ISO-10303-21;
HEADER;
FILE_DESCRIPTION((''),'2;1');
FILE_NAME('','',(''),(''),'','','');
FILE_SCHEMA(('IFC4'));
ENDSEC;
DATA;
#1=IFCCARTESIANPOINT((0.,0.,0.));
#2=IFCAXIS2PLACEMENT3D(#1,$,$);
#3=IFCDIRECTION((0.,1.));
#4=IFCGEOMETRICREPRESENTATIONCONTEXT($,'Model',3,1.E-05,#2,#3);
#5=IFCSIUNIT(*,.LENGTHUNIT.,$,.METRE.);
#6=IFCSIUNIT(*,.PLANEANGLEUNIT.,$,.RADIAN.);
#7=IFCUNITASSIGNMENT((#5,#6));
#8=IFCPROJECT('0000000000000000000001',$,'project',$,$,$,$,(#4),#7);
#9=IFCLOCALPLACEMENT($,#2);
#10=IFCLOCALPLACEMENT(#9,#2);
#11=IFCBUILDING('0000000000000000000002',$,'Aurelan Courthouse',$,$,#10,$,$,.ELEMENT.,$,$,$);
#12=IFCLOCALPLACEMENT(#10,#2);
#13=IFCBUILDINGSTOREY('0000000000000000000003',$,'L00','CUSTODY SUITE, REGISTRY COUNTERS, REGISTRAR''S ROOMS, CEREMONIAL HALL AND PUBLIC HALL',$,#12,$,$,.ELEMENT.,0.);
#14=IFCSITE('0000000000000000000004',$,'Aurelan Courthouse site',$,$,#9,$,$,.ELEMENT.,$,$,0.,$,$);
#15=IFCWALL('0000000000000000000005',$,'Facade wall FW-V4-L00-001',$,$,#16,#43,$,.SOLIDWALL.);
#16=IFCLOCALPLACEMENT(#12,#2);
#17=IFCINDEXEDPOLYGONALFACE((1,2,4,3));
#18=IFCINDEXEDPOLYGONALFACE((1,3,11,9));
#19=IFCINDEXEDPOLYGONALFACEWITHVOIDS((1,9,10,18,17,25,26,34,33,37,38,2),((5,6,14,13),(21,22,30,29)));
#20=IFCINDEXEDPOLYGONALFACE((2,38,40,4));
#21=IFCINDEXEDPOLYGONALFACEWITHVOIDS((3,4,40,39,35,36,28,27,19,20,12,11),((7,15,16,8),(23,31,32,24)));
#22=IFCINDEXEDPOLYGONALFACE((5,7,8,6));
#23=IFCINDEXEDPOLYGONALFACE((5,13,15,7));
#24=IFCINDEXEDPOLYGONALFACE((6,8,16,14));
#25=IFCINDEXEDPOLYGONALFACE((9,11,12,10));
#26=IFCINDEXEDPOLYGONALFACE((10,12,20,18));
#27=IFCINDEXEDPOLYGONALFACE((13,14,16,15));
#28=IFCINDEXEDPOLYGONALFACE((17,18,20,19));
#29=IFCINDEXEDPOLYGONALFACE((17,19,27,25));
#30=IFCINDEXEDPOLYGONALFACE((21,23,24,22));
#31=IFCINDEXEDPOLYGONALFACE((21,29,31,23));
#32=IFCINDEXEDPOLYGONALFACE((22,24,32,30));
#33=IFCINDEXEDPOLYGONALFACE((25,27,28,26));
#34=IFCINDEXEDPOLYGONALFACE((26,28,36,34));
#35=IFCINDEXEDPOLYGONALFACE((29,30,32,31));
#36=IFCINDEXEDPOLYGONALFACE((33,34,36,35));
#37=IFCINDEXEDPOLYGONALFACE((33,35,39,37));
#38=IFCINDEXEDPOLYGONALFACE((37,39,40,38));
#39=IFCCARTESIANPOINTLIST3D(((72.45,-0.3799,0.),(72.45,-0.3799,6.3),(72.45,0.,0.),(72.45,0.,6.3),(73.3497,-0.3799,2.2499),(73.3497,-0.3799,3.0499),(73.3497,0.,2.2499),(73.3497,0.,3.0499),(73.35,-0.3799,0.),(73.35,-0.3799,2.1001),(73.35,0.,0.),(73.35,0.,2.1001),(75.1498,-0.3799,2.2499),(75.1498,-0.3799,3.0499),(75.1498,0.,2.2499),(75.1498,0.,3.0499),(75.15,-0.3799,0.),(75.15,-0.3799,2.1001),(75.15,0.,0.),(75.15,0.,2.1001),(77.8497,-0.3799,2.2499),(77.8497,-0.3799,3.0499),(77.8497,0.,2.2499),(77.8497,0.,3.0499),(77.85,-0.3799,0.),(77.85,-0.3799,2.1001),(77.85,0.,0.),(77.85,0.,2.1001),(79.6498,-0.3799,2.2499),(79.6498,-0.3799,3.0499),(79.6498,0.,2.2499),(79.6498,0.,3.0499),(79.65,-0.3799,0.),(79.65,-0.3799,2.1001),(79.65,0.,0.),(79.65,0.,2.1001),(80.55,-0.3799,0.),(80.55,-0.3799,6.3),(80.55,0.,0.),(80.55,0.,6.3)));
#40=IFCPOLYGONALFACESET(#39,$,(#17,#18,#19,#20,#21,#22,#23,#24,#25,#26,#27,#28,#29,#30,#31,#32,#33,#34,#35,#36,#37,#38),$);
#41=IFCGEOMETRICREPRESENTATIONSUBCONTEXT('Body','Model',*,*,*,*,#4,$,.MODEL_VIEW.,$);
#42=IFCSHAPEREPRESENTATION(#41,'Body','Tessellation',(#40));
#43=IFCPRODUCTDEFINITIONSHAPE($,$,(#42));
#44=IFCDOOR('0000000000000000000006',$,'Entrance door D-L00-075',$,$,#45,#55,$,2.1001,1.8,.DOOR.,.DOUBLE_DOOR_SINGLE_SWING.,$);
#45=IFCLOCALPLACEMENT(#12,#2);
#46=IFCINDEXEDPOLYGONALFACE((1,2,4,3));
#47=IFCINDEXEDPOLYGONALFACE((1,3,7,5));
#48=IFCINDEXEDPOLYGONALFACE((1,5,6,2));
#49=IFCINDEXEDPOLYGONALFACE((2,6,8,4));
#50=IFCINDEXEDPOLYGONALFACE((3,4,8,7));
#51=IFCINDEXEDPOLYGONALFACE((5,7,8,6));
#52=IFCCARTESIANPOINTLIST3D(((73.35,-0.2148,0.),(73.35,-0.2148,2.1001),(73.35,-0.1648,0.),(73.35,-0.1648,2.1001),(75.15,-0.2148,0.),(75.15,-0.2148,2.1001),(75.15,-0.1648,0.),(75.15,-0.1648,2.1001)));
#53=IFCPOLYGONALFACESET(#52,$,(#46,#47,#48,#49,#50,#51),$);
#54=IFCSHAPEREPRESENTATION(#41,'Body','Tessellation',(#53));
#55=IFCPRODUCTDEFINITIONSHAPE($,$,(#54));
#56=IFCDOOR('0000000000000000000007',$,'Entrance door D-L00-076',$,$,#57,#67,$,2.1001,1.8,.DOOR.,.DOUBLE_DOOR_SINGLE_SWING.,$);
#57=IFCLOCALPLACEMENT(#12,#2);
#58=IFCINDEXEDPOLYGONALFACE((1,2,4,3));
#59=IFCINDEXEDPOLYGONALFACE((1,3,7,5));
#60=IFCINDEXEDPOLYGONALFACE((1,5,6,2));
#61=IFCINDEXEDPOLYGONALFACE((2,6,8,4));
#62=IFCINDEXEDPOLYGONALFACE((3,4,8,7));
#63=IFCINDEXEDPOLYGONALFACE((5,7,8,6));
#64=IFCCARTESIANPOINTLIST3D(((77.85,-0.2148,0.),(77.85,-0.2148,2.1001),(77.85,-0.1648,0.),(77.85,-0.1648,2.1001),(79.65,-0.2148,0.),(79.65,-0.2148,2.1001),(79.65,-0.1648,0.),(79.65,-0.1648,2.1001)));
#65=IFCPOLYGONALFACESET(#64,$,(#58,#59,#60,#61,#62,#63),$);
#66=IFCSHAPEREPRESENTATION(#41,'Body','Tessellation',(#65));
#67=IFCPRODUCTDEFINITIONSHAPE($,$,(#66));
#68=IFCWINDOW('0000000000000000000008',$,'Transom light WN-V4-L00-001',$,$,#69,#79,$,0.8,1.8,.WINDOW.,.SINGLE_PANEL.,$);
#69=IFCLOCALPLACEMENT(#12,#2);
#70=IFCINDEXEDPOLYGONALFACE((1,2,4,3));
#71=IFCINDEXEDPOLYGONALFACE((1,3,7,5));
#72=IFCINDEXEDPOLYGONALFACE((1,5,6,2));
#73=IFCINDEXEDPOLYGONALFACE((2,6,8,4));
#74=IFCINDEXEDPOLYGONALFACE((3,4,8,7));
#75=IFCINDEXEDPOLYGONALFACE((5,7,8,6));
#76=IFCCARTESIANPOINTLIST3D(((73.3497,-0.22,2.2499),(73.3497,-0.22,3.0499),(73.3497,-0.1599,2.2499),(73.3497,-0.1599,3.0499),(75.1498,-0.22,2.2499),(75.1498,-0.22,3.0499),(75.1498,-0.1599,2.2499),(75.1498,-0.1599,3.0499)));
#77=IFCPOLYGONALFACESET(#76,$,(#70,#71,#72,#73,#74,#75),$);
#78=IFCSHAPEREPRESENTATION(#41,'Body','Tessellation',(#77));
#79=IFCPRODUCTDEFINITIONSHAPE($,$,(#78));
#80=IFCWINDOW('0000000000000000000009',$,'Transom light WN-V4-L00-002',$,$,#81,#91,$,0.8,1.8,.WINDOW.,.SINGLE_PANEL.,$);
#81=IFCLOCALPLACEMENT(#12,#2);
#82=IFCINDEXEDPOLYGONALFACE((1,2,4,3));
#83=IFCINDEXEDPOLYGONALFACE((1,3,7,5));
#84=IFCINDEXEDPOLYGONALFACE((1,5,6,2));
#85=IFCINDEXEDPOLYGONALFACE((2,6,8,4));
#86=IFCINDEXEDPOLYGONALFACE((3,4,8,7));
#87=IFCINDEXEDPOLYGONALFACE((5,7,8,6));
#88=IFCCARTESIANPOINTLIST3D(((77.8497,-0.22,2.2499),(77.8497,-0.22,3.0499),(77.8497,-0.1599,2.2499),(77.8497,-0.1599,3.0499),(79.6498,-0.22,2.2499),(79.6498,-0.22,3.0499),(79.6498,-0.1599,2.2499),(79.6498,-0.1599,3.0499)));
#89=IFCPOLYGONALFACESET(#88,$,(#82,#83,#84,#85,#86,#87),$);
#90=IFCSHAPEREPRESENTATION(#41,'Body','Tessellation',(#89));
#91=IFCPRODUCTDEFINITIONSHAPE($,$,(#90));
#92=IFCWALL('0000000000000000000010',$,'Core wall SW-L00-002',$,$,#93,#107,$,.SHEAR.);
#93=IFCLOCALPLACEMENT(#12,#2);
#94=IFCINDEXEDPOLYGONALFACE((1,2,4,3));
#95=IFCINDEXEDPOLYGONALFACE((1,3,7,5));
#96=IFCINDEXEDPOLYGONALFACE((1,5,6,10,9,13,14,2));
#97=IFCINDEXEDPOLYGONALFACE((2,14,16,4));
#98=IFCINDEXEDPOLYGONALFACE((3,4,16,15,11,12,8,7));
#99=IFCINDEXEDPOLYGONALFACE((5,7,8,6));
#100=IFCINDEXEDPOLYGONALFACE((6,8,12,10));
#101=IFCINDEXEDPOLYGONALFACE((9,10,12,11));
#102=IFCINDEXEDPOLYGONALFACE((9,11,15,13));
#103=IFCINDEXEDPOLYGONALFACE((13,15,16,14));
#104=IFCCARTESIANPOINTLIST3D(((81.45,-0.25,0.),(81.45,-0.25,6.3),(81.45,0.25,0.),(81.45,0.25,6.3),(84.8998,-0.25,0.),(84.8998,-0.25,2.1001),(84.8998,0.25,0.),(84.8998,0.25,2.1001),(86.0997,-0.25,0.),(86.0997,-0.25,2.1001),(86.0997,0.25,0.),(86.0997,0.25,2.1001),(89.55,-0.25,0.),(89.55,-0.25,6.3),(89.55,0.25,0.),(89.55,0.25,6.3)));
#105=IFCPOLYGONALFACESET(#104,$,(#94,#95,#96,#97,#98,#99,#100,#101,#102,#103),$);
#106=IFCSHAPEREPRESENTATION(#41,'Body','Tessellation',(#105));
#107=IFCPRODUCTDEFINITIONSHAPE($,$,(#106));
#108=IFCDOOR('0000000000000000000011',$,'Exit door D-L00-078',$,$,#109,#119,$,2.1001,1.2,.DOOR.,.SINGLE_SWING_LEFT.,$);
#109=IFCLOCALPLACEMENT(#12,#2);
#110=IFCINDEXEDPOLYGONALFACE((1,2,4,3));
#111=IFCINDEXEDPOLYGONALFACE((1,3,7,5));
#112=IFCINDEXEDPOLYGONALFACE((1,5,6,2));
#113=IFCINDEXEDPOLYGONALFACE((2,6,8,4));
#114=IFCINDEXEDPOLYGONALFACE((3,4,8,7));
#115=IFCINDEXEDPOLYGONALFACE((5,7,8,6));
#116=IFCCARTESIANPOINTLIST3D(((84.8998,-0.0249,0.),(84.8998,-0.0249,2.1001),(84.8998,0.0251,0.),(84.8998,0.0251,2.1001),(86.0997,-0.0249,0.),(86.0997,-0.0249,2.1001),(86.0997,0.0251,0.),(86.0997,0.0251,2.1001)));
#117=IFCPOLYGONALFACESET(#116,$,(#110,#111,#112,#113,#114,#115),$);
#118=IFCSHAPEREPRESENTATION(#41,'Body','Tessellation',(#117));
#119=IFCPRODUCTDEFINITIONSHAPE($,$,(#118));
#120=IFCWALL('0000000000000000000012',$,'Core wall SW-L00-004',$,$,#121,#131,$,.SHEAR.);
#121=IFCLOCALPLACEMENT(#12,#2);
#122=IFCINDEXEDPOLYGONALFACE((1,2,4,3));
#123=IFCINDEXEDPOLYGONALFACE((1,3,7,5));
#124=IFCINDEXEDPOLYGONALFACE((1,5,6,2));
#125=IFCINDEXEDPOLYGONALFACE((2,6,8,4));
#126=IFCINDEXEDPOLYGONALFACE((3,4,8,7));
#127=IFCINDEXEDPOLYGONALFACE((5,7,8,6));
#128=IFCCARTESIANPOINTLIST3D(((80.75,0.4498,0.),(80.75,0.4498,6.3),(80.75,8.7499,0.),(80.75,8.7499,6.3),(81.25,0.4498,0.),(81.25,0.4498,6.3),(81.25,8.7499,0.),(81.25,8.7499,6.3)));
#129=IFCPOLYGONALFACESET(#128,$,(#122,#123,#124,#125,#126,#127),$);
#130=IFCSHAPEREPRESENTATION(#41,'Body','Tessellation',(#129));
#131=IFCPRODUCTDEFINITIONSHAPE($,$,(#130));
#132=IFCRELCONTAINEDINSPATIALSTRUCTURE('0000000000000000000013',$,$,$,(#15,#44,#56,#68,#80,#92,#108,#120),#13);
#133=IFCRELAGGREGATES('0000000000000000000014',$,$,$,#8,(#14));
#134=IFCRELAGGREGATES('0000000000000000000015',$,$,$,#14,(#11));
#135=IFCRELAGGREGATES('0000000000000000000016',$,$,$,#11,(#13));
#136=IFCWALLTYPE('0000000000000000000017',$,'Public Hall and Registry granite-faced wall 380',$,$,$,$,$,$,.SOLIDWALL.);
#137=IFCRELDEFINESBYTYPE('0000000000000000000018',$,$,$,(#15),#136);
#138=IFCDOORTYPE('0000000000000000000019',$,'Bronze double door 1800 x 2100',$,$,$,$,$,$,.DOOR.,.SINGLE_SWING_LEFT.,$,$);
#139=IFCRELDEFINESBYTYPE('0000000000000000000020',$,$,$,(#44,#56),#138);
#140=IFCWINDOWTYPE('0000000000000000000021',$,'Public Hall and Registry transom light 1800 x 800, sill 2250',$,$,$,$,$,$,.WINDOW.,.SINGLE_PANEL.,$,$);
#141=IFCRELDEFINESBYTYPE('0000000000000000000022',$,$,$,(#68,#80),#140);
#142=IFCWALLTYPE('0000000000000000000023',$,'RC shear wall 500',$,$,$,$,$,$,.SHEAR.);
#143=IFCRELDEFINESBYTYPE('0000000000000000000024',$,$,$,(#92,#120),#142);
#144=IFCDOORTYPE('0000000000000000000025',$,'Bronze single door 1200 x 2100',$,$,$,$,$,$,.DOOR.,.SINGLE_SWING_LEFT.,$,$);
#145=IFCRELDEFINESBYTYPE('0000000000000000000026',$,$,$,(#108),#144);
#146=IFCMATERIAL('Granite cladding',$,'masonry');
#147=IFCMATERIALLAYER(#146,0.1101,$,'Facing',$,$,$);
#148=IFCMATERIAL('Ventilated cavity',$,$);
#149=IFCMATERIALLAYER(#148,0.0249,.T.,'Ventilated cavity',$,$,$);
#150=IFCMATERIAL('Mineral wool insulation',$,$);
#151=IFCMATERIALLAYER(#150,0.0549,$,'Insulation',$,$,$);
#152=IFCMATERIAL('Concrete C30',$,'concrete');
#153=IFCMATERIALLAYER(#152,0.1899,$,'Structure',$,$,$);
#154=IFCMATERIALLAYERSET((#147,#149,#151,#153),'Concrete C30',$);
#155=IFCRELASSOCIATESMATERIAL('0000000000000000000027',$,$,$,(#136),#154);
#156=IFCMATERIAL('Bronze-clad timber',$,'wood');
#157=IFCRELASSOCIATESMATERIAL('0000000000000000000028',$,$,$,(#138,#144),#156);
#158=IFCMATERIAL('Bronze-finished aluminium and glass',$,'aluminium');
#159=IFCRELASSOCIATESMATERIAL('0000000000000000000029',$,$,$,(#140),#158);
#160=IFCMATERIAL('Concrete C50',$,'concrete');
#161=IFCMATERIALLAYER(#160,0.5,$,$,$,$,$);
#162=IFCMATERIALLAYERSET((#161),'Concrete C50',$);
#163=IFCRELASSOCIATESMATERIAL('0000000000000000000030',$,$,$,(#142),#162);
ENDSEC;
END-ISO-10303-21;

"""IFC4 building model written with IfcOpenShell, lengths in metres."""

from ifc_helpers import new_model, si_unit, direction, frame, frame_2d, origin, place, context, subcontext, project, spatial, rectangle, extrude, material, layer, layer_set, type_object, element, fill, save


model = new_model("IFC4")

# Units and contexts
model_context = context("Model", 3, precision=1e-05, world=origin(), true_north=direction((0.0, 1.0)))
body_context = subcontext(model_context, "Body", "Model", "MODEL_VIEW")
ifc_project = project(units=[si_unit("LENGTHUNIT", "METRE"), si_unit("PLANEANGLEUNIT", "RADIAN")], contexts=[model_context])

# Site, building, storey
site_placement = place(None, origin())
site = spatial("IfcSite", under=ifc_project, at=site_placement, Name="Aurelan Courthouse site", CompositionType="ELEMENT", RefElevation=0.0)
building_placement = place(site_placement, origin())
building = spatial("IfcBuilding", under=site, at=building_placement, Name="Aurelan Courthouse", CompositionType="ELEMENT")
storey_placement = place(building_placement, origin())
storey = spatial("IfcBuildingStorey", under=building, at=storey_placement, Name="L00", Description="CUSTODY SUITE, REGISTRY COUNTERS, REGISTRAR'S ROOMS, CEREMONIAL HALL AND PUBLIC HALL", CompositionType="ELEMENT", Elevation=0.0)

# Shared definitions
ifc_material_1 = material(Name="Concrete C50", Category="concrete")

# Shared definitions
ifc_material_2 = material(Name="Granite cladding", Category="masonry")
ifc_material_3 = material(Name="Ventilated cavity")
ifc_material_4 = material(Name="Mineral wool insulation")
ifc_material_5 = material(Name="Concrete C30", Category="concrete")

# Wall, openings, doors, windows
ifc_layer_1 = layer(ifc_material_2, 0.1101, Name="Facing")
ifc_layer_2 = layer(ifc_material_3, 0.0249, ventilated=True, Name="Ventilated cavity")
ifc_layer_3 = layer(ifc_material_4, 0.0549, Name="Insulation")
ifc_layer_4 = layer(ifc_material_5, 0.1899, Name="Structure")
ifc_layer_set_1 = layer_set([ifc_layer_1, ifc_layer_2, ifc_layer_3, ifc_layer_4], Name="Concrete C30")
wall_type_1 = type_object("IfcWallType", Name="Public Hall and Registry granite-faced wall 380", PredefinedType="SOLIDWALL", material=ifc_layer_set_1)
wall_1_placement = place(storey_placement, frame((72.45, -0.1899, 0.0), z_axis=(0.0, 0.0, 1.0), x_axis=(1.0, 0.0, 0.0)))
wall_1 = element("IfcWall", 1, at=wall_1_placement, inside=storey, type_object=wall_type_1, Name="Facade wall FW-V4-L00-001", PredefinedType="SOLIDWALL", context=body_context, shape_type="SweptSolid", body=[
    extrude(rectangle(XDim=8.1001, YDim=0.3799, at=frame_2d((4.05, 0.0))), origin(), (0.0, 0.0, 1.0), 6.3),
])
opening_1_placement = place(wall_1_placement, frame((2.7, 0.0, 0.0), z_axis=(0.0, 0.0, 1.0), x_axis=(-1.0, 0.0, 0.0)))
opening_1 = element("IfcOpeningElement", 2, at=opening_1_placement, cuts=wall_1, PredefinedType="OPENING", context=body_context, shape_type="SweptSolid", body=[
    extrude(rectangle(XDim=1.8, YDim=2.1001, at=frame_2d((0.8999, 1.05))), frame((0.0, 0.2, 0.0), z_axis=(0.0, -1.0, 0.0), x_axis=(1.0, 0.0, 0.0)), (0.0, 0.0, 1.0), 0.3999),
])
opening_2_placement = place(wall_1_placement, frame((0.8999, 0.0, 2.25)))
opening_2 = element("IfcOpeningElement", 3, at=opening_2_placement, cuts=wall_1, PredefinedType="OPENING", context=body_context, shape_type="SweptSolid", body=[
    extrude(rectangle(XDim=1.8, YDim=0.8, at=frame_2d((0.8999, 0.3999))), frame((0.0, 0.2, 0.0), z_axis=(0.0, -1.0, 0.0), x_axis=(1.0, 0.0, 0.0)), (0.0, 0.0, 1.0), 0.3999),
])
opening_3_placement = place(wall_1_placement, frame((7.2, 0.0, 0.0), z_axis=(0.0, 0.0, 1.0), x_axis=(-1.0, 0.0, 0.0)))
opening_3 = element("IfcOpeningElement", 4, at=opening_3_placement, cuts=wall_1, PredefinedType="OPENING", context=body_context, shape_type="SweptSolid", body=[
    extrude(rectangle(XDim=1.8, YDim=2.1001, at=frame_2d((0.8999, 1.05))), frame((0.0, 0.2, 0.0), z_axis=(0.0, -1.0, 0.0), x_axis=(1.0, 0.0, 0.0)), (0.0, 0.0, 1.0), 0.3999),
])
opening_4_placement = place(wall_1_placement, frame((5.3999, 0.0, 2.25)))
opening_4 = element("IfcOpeningElement", 5, at=opening_4_placement, cuts=wall_1, PredefinedType="OPENING", context=body_context, shape_type="SweptSolid", body=[
    extrude(rectangle(XDim=1.8, YDim=0.8, at=frame_2d((0.8999, 0.3999))), frame((0.0, 0.2, 0.0), z_axis=(0.0, -1.0, 0.0), x_axis=(1.0, 0.0, 0.0)), (0.0, 0.0, 1.0), 0.3999),
])
ifc_material_6 = material(Name="Bronze-clad timber", Category="wood")
door_type_1 = type_object("IfcDoorType", Name="Bronze double door 1800 x 2100", OperationType="SINGLE_SWING_LEFT", PredefinedType="DOOR", material=ifc_material_6)
door_1_placement = place(opening_1_placement, origin())
door_1 = element("IfcDoor", 6, at=door_1_placement, inside=storey, type_object=door_type_1, Name="Entrance door D-L00-075", OperationType="DOUBLE_DOOR_SINGLE_SWING", OverallHeight=2.1001, OverallWidth=1.8, PredefinedType="DOOR", context=body_context, shape_type="SweptSolid", body=[
    extrude(rectangle(XDim=1.8, YDim=2.1001, at=frame_2d((0.8999, 1.05))), frame((0.0, 0.0249, 0.0), z_axis=(0.0, -1.0, 0.0), x_axis=(1.0, 0.0, 0.0)), (0.0, 0.0, 1.0), 0.05),
])
fill(opening_1, door_1)
door_2_placement = place(opening_3_placement, origin())
door_2 = element("IfcDoor", 7, at=door_2_placement, inside=storey, type_object=door_type_1, Name="Entrance door D-L00-076", OperationType="DOUBLE_DOOR_SINGLE_SWING", OverallHeight=2.1001, OverallWidth=1.8, PredefinedType="DOOR", context=body_context, shape_type="SweptSolid", body=[
    extrude(rectangle(XDim=1.8, YDim=2.1001, at=frame_2d((0.8999, 1.05))), frame((0.0, 0.0249, 0.0), z_axis=(0.0, -1.0, 0.0), x_axis=(1.0, 0.0, 0.0)), (0.0, 0.0, 1.0), 0.05),
])
fill(opening_3, door_2)
ifc_material_7 = material(Name="Bronze-finished aluminium and glass", Category="aluminium")
window_type = type_object("IfcWindowType", Name="Public Hall and Registry transom light 1800 x 800, sill 2250", PartitioningType="SINGLE_PANEL", PredefinedType="WINDOW", material=ifc_material_7)
window_1_placement = place(opening_2_placement, origin())
window_1 = element("IfcWindow", 8, at=window_1_placement, inside=storey, type_object=window_type, Name="Transom light WN-V4-L00-001", OverallHeight=0.8, OverallWidth=1.8, PartitioningType="SINGLE_PANEL", PredefinedType="WINDOW", context=body_context, shape_type="SweptSolid", body=[
    extrude(rectangle(XDim=1.8, YDim=0.8, at=frame_2d((0.8999, 0.3999))), frame((0.0, 0.03, 0.0), z_axis=(0.0, -1.0, 0.0), x_axis=(1.0, 0.0, 0.0)), (0.0, 0.0, 1.0), 0.0601),
])
fill(opening_2, window_1)
window_2_placement = place(opening_4_placement, origin())
window_2 = element("IfcWindow", 9, at=window_2_placement, inside=storey, type_object=window_type, Name="Transom light WN-V4-L00-002", OverallHeight=0.8, OverallWidth=1.8, PartitioningType="SINGLE_PANEL", PredefinedType="WINDOW", context=body_context, shape_type="SweptSolid", body=[
    extrude(rectangle(XDim=1.8, YDim=0.8, at=frame_2d((0.8999, 0.3999))), frame((0.0, 0.03, 0.0), z_axis=(0.0, -1.0, 0.0), x_axis=(1.0, 0.0, 0.0)), (0.0, 0.0, 1.0), 0.0601),
])
fill(opening_4, window_2)

# Wall, opening, door
ifc_layer_5 = layer(ifc_material_1, 0.5)
ifc_layer_set_2 = layer_set([ifc_layer_5], Name="Concrete C50")
wall_type_2 = type_object("IfcWallType", Name="RC shear wall 500", PredefinedType="SHEAR", material=ifc_layer_set_2)
wall_2_placement = place(storey_placement, frame((81.45, 0.0, 0.0), z_axis=(0.0, 0.0, 1.0), x_axis=(1.0, 0.0, 0.0)))
wall_2 = element("IfcWall", 10, at=wall_2_placement, inside=storey, type_object=wall_type_2, Name="Core wall SW-L00-002", PredefinedType="SHEAR", context=body_context, shape_type="SweptSolid", body=[
    extrude(rectangle(XDim=8.1001, YDim=0.5, at=frame_2d((4.05, 0.0))), origin(), (0.0, 0.0, 1.0), 6.3),
])
opening_5_placement = place(wall_2_placement, frame((4.6499, 0.0, 0.0), z_axis=(0.0, 0.0, 1.0), x_axis=(-1.0, 0.0, 0.0)))
opening_5 = element("IfcOpeningElement", 11, at=opening_5_placement, cuts=wall_2, PredefinedType="OPENING", context=body_context, shape_type="SweptSolid", body=[
    extrude(rectangle(XDim=1.2, YDim=2.1001, at=frame_2d((0.6001, 1.05))), frame((0.0, 0.26, 0.0), z_axis=(0.0, -1.0, 0.0), x_axis=(1.0, 0.0, 0.0)), (0.0, 0.0, 1.0), 0.52),
])
door_type_2 = type_object("IfcDoorType", Name="Bronze single door 1200 x 2100", OperationType="SINGLE_SWING_LEFT", PredefinedType="DOOR", material=ifc_material_6)
door_3_placement = place(opening_5_placement, origin())
door_3 = element("IfcDoor", 12, at=door_3_placement, inside=storey, type_object=door_type_2, Name="Exit door D-L00-078", OperationType="SINGLE_SWING_LEFT", OverallHeight=2.1001, OverallWidth=1.2, PredefinedType="DOOR", context=body_context, shape_type="SweptSolid", body=[
    extrude(rectangle(XDim=1.2, YDim=2.1001, at=frame_2d((0.6001, 1.05))), frame((0.0, 0.0249, 0.0), z_axis=(0.0, -1.0, 0.0), x_axis=(1.0, 0.0, 0.0)), (0.0, 0.0, 1.0), 0.05),
])
fill(opening_5, door_3)

# Wall
wall_3_placement = place(storey_placement, frame((81.0, 0.45, 0.0), z_axis=(0.0, 0.0, 1.0), x_axis=(0.0, 1.0, 0.0)))
element("IfcWall", 13, at=wall_3_placement, inside=storey, type_object=wall_type_2, Name="Core wall SW-L00-004", PredefinedType="SHEAR", context=body_context, shape_type="SweptSolid", body=[
    extrude(rectangle(XDim=8.3, YDim=0.5, at=frame_2d((4.1499, 0.0))), origin(), (0.0, 0.0, 1.0), 6.3),
])

save(model, "model.ifc")
